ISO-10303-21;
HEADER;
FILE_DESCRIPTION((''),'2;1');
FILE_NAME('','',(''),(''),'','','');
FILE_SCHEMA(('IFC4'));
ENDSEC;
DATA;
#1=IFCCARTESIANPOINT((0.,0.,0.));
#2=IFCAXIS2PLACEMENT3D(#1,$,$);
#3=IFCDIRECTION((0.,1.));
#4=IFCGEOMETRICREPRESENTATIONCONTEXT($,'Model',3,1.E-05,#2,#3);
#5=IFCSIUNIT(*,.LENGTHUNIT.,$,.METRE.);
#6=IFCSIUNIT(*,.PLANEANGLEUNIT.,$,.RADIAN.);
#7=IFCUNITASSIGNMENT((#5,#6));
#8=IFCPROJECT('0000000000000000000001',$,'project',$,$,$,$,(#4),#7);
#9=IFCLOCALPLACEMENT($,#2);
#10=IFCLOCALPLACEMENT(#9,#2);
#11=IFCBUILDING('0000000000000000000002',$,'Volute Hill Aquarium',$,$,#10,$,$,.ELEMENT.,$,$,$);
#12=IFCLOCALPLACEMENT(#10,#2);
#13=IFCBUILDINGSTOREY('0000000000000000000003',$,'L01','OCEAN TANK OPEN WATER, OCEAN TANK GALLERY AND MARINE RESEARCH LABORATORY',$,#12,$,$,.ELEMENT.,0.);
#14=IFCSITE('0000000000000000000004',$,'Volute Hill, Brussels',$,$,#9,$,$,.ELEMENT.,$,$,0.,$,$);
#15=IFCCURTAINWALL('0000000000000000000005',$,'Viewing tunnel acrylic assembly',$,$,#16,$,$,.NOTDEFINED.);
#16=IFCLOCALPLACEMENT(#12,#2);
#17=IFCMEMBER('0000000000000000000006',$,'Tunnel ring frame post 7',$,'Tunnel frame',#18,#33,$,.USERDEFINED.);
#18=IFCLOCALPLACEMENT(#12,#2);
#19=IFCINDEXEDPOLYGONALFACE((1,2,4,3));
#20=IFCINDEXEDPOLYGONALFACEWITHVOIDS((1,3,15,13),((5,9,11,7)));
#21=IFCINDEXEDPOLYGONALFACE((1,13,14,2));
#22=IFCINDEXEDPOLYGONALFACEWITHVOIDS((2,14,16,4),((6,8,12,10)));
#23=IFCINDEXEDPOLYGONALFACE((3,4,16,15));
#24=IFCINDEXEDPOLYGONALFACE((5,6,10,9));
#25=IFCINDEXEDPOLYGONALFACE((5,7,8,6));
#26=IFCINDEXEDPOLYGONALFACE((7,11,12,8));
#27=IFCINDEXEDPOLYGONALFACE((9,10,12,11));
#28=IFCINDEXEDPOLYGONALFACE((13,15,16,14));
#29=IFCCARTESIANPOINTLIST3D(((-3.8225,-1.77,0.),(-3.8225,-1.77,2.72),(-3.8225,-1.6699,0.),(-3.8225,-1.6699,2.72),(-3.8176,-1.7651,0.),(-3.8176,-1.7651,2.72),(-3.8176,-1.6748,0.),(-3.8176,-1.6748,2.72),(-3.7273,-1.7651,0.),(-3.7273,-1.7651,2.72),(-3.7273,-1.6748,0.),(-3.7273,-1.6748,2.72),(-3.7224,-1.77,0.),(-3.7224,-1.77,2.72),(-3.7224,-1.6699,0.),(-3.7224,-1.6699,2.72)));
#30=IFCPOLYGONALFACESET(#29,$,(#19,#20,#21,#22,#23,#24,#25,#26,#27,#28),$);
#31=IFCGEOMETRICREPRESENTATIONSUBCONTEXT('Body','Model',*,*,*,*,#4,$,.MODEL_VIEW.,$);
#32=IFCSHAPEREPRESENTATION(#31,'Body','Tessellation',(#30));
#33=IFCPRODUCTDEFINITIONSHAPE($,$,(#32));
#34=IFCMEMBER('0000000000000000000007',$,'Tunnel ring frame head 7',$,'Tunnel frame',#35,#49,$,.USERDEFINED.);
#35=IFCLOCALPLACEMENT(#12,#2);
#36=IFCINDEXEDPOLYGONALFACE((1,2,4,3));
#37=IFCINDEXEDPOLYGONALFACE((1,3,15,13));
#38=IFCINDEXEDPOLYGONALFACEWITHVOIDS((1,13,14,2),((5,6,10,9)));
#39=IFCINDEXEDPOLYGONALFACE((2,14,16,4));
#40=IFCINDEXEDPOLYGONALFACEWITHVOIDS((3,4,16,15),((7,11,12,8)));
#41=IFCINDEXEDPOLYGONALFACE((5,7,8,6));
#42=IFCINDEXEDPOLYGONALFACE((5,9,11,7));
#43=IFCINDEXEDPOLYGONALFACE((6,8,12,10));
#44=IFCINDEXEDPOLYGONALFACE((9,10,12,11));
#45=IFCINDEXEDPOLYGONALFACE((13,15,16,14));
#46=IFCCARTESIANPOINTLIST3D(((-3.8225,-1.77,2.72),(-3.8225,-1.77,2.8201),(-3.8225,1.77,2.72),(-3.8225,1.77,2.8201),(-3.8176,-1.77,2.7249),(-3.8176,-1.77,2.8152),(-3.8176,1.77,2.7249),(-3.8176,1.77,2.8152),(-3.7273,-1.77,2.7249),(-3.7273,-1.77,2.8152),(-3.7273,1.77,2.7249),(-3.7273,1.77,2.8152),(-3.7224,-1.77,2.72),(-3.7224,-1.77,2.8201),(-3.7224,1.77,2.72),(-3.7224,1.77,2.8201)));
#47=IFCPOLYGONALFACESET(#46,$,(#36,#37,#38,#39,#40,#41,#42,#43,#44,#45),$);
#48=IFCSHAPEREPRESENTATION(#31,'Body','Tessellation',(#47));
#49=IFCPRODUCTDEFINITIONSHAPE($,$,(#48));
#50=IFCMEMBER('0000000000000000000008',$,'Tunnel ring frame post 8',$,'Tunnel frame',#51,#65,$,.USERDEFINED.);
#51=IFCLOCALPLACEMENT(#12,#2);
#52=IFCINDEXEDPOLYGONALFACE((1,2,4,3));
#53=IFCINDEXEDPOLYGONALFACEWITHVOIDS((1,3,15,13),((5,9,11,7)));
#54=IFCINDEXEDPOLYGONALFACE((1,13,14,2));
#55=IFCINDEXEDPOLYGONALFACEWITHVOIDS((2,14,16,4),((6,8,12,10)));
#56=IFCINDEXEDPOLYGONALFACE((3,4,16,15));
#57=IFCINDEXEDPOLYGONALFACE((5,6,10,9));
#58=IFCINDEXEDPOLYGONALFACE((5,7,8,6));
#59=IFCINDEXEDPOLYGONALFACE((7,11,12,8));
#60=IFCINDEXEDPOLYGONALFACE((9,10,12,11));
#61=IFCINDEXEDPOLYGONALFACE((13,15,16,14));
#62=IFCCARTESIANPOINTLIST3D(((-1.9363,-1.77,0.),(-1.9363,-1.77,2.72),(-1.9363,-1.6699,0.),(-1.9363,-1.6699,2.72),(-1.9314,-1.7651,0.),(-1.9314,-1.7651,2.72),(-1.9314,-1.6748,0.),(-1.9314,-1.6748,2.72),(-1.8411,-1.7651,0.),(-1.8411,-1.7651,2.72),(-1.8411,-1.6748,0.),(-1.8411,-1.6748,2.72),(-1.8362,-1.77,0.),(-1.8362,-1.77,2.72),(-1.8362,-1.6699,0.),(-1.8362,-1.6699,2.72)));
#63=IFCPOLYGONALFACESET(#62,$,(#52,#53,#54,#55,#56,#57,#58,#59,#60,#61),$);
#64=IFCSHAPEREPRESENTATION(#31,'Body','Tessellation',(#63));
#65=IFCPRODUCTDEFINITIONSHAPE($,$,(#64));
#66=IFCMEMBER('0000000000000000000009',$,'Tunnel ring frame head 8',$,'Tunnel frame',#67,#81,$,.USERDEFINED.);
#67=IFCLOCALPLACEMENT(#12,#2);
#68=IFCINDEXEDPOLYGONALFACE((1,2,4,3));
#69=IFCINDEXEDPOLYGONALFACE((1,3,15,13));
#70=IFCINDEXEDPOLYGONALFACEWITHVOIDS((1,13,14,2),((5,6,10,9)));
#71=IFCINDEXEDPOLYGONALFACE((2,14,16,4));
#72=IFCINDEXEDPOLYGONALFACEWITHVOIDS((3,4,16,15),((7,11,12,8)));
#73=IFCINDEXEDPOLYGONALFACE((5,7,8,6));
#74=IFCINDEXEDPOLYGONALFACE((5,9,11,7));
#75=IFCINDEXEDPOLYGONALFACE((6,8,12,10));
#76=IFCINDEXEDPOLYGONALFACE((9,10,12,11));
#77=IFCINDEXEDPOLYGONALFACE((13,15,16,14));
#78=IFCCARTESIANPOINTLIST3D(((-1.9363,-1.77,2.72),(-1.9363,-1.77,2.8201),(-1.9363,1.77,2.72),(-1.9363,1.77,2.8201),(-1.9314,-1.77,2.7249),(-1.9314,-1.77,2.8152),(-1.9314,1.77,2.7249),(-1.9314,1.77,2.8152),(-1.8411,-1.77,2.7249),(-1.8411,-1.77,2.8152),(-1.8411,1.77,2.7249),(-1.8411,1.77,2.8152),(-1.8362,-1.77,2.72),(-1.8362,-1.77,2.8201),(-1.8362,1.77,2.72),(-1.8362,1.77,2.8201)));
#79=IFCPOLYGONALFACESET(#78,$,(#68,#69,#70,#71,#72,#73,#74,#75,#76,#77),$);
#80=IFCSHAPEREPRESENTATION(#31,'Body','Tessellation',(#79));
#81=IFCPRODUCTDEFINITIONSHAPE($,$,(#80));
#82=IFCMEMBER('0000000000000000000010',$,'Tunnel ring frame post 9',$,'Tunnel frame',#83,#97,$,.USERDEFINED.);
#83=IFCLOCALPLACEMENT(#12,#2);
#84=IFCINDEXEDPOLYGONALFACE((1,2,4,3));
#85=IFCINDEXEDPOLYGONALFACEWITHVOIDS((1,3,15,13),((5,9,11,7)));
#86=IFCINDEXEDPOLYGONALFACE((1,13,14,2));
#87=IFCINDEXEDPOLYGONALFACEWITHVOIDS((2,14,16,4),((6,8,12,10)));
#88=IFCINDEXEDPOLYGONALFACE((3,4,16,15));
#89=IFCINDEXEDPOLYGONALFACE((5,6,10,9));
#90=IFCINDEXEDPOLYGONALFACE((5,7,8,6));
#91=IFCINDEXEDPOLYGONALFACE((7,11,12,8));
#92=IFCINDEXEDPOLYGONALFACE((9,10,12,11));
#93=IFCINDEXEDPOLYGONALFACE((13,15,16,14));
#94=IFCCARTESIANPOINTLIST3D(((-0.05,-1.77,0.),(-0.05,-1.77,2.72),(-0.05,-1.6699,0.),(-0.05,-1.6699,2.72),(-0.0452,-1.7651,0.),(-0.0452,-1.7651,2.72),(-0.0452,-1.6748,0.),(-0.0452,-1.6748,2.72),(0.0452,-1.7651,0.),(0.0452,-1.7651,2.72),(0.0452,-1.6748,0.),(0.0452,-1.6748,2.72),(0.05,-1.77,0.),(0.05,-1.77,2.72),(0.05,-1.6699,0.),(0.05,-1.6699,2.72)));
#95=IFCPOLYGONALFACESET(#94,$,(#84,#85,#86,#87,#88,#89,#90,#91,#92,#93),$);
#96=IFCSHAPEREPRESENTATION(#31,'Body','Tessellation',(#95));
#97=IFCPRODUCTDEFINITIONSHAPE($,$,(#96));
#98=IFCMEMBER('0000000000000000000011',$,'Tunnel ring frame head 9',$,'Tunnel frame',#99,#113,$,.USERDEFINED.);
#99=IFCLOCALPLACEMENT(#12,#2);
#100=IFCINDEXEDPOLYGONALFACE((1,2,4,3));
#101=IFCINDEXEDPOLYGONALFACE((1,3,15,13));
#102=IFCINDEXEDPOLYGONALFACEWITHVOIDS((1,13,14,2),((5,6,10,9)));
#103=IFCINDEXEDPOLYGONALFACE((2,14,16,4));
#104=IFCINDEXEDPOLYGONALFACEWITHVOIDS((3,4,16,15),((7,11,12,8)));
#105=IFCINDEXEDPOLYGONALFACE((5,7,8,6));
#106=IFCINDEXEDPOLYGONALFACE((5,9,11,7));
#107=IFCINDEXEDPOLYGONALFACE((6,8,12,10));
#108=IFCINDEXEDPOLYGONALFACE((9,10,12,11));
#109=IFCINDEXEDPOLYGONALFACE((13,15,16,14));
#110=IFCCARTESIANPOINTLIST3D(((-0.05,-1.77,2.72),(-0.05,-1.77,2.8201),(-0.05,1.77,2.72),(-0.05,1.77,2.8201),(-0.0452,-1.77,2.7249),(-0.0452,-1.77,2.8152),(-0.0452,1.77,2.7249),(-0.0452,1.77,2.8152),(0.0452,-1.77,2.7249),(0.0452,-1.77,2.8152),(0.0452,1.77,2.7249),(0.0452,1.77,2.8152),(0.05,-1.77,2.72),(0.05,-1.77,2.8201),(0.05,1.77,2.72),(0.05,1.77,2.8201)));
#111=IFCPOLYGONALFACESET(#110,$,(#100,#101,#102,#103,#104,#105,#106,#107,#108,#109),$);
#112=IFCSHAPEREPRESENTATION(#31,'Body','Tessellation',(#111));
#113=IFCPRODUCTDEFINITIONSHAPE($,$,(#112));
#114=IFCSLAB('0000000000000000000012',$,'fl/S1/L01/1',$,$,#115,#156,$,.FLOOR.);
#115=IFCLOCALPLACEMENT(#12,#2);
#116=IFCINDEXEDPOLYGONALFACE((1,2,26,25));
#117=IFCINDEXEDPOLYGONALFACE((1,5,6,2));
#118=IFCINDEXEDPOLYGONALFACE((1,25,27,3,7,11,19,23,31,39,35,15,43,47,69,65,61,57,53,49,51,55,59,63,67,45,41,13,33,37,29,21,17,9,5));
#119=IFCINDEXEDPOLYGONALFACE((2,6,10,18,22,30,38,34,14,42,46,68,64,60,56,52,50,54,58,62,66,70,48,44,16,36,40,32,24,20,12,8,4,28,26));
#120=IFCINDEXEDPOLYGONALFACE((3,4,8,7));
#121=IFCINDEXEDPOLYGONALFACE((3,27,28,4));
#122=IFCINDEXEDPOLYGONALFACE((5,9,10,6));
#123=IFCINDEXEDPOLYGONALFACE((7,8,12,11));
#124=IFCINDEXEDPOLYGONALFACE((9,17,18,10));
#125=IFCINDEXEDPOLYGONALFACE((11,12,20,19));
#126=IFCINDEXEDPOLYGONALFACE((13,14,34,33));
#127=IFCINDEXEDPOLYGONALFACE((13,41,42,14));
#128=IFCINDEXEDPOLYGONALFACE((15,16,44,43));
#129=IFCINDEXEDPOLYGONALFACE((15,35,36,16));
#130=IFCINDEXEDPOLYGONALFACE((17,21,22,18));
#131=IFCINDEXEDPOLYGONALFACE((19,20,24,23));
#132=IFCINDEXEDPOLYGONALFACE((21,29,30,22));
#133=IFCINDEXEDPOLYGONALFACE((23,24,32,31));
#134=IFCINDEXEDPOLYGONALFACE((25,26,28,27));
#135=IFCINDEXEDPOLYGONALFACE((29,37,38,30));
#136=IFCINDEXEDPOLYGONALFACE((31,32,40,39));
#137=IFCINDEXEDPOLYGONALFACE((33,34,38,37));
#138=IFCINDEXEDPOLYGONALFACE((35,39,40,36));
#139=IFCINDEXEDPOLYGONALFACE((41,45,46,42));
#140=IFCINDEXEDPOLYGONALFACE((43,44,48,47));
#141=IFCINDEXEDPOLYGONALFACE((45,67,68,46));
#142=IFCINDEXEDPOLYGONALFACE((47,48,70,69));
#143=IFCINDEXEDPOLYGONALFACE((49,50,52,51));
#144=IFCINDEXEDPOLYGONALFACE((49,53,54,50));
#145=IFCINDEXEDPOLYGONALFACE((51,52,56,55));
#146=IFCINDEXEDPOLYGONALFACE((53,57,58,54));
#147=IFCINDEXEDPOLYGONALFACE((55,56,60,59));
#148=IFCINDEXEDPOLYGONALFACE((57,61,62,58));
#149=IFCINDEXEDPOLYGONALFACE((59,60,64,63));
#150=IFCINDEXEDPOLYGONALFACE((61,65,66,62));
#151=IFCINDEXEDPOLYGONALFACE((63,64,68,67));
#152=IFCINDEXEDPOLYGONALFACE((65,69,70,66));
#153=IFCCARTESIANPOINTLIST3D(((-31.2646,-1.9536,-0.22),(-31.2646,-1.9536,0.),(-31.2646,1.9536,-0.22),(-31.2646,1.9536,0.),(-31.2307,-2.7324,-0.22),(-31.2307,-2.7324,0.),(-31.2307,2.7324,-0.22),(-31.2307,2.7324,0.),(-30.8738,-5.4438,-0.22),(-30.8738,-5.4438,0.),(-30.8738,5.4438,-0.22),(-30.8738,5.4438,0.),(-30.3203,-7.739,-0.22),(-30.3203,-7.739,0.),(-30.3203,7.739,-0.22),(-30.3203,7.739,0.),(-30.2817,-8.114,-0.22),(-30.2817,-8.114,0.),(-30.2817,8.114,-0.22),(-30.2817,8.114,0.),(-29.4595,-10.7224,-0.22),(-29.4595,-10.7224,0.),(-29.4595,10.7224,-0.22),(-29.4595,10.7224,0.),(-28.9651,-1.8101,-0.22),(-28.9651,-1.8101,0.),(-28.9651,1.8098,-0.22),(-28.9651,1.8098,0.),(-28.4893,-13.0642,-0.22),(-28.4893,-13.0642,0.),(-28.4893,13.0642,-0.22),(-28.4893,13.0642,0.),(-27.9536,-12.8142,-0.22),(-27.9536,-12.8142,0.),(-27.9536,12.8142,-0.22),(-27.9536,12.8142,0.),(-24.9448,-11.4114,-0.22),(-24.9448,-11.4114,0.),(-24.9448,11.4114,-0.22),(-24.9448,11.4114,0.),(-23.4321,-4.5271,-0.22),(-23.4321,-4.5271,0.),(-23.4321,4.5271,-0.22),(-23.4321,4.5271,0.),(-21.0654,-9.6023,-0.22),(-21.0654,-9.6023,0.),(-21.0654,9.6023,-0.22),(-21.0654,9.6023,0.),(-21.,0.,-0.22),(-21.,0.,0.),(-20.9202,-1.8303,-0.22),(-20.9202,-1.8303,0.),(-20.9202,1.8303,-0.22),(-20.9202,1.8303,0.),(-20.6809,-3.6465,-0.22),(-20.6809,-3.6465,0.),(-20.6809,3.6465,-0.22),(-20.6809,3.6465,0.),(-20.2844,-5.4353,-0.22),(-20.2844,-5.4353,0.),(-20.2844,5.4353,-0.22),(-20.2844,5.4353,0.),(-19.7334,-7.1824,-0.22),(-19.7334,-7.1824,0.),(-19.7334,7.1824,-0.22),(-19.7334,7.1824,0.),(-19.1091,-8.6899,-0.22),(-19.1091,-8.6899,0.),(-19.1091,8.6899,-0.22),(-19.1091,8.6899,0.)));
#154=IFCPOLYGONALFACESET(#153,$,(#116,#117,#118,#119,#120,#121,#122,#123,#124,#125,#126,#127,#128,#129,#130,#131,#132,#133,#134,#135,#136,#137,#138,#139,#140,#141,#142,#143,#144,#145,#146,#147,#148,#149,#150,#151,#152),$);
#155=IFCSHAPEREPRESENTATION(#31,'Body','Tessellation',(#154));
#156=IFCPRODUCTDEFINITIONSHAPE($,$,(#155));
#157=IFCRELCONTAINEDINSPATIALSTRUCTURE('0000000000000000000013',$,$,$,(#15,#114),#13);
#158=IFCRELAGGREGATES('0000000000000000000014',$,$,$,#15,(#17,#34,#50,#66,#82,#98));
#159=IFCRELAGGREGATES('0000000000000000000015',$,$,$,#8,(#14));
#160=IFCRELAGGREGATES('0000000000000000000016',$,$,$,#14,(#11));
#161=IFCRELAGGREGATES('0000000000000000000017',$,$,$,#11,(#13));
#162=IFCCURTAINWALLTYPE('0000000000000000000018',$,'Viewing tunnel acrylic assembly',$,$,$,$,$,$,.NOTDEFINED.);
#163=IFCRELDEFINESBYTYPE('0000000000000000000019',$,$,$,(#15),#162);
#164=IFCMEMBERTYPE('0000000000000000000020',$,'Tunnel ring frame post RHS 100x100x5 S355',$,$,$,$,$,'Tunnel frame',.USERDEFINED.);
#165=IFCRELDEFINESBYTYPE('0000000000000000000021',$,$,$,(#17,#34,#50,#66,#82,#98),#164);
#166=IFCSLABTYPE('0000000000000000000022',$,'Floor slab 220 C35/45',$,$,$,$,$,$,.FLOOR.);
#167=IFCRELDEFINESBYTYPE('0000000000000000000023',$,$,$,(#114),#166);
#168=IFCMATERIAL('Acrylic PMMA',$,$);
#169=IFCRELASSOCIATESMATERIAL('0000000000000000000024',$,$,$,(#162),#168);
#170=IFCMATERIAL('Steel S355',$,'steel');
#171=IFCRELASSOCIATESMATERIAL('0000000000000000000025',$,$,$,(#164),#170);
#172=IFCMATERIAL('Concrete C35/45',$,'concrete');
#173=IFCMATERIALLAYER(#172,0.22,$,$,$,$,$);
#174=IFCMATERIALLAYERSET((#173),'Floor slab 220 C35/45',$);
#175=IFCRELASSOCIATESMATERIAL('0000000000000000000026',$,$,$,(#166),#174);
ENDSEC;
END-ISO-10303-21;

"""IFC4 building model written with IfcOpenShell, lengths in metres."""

from ifc_helpers import new_model, si_unit, direction, frame, origin, origin_2d, place, context, subcontext, project, spatial, polyline, hollow_rectangle, outline, extrude, material, layer, layer_set, material_profile, profile_set, type_object, element, aggregate, save


model = new_model("IFC4")

# Units and contexts
model_context = context("Model", 3, precision=1e-05, world=origin(), true_north=direction((0.0, 1.0)))
body_context = subcontext(model_context, "Body", "Model", "MODEL_VIEW")
ifc_project = project(units=[si_unit("LENGTHUNIT", "METRE"), si_unit("PLANEANGLEUNIT", "RADIAN")], contexts=[model_context])

# Site, building, storey
site_placement = place(None, origin())
site = spatial("IfcSite", under=ifc_project, at=site_placement, Name="Volute Hill, Brussels", CompositionType="ELEMENT", RefElevation=0.0)
building_placement = place(site_placement, origin())
building = spatial("IfcBuilding", under=site, at=building_placement, Name="Volute Hill Aquarium", CompositionType="ELEMENT")
storey_placement = place(building_placement, origin())
storey = spatial("IfcBuildingStorey", under=building, at=storey_placement, Name="L01", Description="OCEAN TANK OPEN WATER, OCEAN TANK GALLERY AND MARINE RESEARCH LABORATORY", CompositionType="ELEMENT", Elevation=0.0)

# Curtain wall, members
ifc_material_1 = material(Name="Acrylic PMMA")
curtain_wall_type = type_object("IfcCurtainWallType", Name="Viewing tunnel acrylic assembly", PredefinedType="NOTDEFINED", material=ifc_material_1)
curtain_wall_placement = place(storey_placement, origin())
curtain_wall = element("IfcCurtainWall", 1, at=curtain_wall_placement, inside=storey, type_object=curtain_wall_type, Name="Viewing tunnel acrylic assembly", PredefinedType="NOTDEFINED")
ifc_material_2 = material(Name="Steel S355", Category="steel")
ifc_material_profile = material_profile(ifc_material_2, hollow_rectangle(XDim=0.1001, YDim=0.1001, WallThickness=0.0049, at=origin_2d()), Name="RHS 100x100x5")
ifc_profile_set = profile_set([ifc_material_profile], Name="Steel S355")
member_type = type_object("IfcMemberType", Name="Tunnel ring frame post RHS 100x100x5 S355", ElementType="Tunnel frame", PredefinedType="USERDEFINED", material=ifc_profile_set)
member_1_placement = place(storey_placement, frame((-3.7725, -1.72, 0.0), z_axis=(0.0, 0.0, 1.0), x_axis=(1.0, 0.0, 0.0)))
member_1 = element("IfcMember", 2, at=member_1_placement, type_object=member_type, Name="Tunnel ring frame post 7", ObjectType="Tunnel frame", PredefinedType="USERDEFINED", context=body_context, shape_type="SweptSolid", body=[
    extrude(hollow_rectangle(XDim=0.1001, YDim=0.1001, WallThickness=0.0049, at=origin_2d()), origin(), (0.0, 0.0, 1.0), 2.72),
])
member_2_placement = place(storey_placement, frame((-3.7725, -1.77, 2.77), z_axis=(0.0, 1.0, 0.0), x_axis=(-1.0, 0.0, 0.0)))
member_2 = element("IfcMember", 3, at=member_2_placement, type_object=member_type, Name="Tunnel ring frame head 7", ObjectType="Tunnel frame", PredefinedType="USERDEFINED", context=body_context, shape_type="SweptSolid", body=[
    extrude(hollow_rectangle(XDim=0.1001, YDim=0.1001, WallThickness=0.0049, at=origin_2d()), origin(), (0.0, 0.0, 1.0), 3.54),
])
member_3_placement = place(storey_placement, frame((-1.8862, -1.72, 0.0), z_axis=(0.0, 0.0, 1.0), x_axis=(1.0, 0.0, 0.0)))
member_3 = element("IfcMember", 4, at=member_3_placement, type_object=member_type, Name="Tunnel ring frame post 8", ObjectType="Tunnel frame", PredefinedType="USERDEFINED", context=body_context, shape_type="SweptSolid", body=[
    extrude(hollow_rectangle(XDim=0.1001, YDim=0.1001, WallThickness=0.0049, at=origin_2d()), origin(), (0.0, 0.0, 1.0), 2.72),
])
member_4_placement = place(storey_placement, frame((-1.8862, -1.77, 2.77), z_axis=(0.0, 1.0, 0.0), x_axis=(-1.0, 0.0, 0.0)))
member_4 = element("IfcMember", 5, at=member_4_placement, type_object=member_type, Name="Tunnel ring frame head 8", ObjectType="Tunnel frame", PredefinedType="USERDEFINED", context=body_context, shape_type="SweptSolid", body=[
    extrude(hollow_rectangle(XDim=0.1001, YDim=0.1001, WallThickness=0.0049, at=origin_2d()), origin(), (0.0, 0.0, 1.0), 3.54),
])
member_5_placement = place(storey_placement, frame((0.0, -1.72, 0.0), z_axis=(0.0, 0.0, 1.0), x_axis=(1.0, 0.0, 0.0)))
member_5 = element("IfcMember", 6, at=member_5_placement, type_object=member_type, Name="Tunnel ring frame post 9", ObjectType="Tunnel frame", PredefinedType="USERDEFINED", context=body_context, shape_type="SweptSolid", body=[
    extrude(hollow_rectangle(XDim=0.1001, YDim=0.1001, WallThickness=0.0049, at=origin_2d()), origin(), (0.0, 0.0, 1.0), 2.72),
])
member_6_placement = place(storey_placement, frame((0.0, -1.77, 2.77), z_axis=(0.0, 1.0, 0.0), x_axis=(-1.0, 0.0, 0.0)))
member_6 = element("IfcMember", 7, at=member_6_placement, type_object=member_type, Name="Tunnel ring frame head 9", ObjectType="Tunnel frame", PredefinedType="USERDEFINED", context=body_context, shape_type="SweptSolid", body=[
    extrude(hollow_rectangle(XDim=0.1001, YDim=0.1001, WallThickness=0.0049, at=origin_2d()), origin(), (0.0, 0.0, 1.0), 3.54),
])

# Slab
ifc_material_3 = material(Name="Concrete C35/45", Category="concrete")
ifc_layer_1 = layer(ifc_material_3, 0.22)
ifc_layer_set_1 = layer_set([ifc_layer_1], Name="Floor slab 220 C35/45")
slab_type_1 = type_object("IfcSlabType", Name="Floor slab 220 C35/45", PredefinedType="FLOOR", material=ifc_layer_set_1)
slab_1_placement = place(storey_placement, frame((0.0, 0.0, -0.22)))
element("IfcSlab", 8, at=slab_1_placement, inside=storey, type_object=slab_type_1, Name="fl/S1/L01/1", PredefinedType="FLOOR", context=body_context, shape_type="SweptSolid", body=[
    extrude(outline(polyline([(-31.2307, 2.7324), (-30.8738, 5.4438), (-30.2817, 8.114), (-29.4595, 10.7224), (-28.4893, 13.0642), (-24.9448, 11.4114), (-27.9536, 12.8142), (-30.3203, 7.739), (-23.4321, 4.5271), (-21.0654, 9.6023), (-19.1091, 8.6899), (-19.7334, 7.1824), (-20.2844, 5.4353), (-20.6809, 3.6465), (-20.9202, 1.8303), (-21.0, 0.0), (-20.9202, -1.8303), (-20.6809, -3.6465), (-20.2844, -5.4353), (-19.7334, -7.1824), (-19.1091, -8.6899), (-21.0654, -9.6023), (-23.4321, -4.5271), (-30.3203, -7.739), (-27.9536, -12.8142), (-24.9448, -11.4114), (-28.4893, -13.0642), (-29.4595, -10.7224), (-30.2817, -8.114), (-30.8738, -5.4438), (-31.2307, -2.7324), (-31.2646, -1.9536), (-28.9651, -1.8101), (-28.9651, 1.8098), (-31.2646, 1.9536), (-31.2307, 2.7324)])), origin(), (0.0, 0.0, 1.0), 0.22),
])

aggregate(curtain_wall, [member_1, member_2, member_3, member_4, member_5, member_6])

save(model, "model.ifc")
